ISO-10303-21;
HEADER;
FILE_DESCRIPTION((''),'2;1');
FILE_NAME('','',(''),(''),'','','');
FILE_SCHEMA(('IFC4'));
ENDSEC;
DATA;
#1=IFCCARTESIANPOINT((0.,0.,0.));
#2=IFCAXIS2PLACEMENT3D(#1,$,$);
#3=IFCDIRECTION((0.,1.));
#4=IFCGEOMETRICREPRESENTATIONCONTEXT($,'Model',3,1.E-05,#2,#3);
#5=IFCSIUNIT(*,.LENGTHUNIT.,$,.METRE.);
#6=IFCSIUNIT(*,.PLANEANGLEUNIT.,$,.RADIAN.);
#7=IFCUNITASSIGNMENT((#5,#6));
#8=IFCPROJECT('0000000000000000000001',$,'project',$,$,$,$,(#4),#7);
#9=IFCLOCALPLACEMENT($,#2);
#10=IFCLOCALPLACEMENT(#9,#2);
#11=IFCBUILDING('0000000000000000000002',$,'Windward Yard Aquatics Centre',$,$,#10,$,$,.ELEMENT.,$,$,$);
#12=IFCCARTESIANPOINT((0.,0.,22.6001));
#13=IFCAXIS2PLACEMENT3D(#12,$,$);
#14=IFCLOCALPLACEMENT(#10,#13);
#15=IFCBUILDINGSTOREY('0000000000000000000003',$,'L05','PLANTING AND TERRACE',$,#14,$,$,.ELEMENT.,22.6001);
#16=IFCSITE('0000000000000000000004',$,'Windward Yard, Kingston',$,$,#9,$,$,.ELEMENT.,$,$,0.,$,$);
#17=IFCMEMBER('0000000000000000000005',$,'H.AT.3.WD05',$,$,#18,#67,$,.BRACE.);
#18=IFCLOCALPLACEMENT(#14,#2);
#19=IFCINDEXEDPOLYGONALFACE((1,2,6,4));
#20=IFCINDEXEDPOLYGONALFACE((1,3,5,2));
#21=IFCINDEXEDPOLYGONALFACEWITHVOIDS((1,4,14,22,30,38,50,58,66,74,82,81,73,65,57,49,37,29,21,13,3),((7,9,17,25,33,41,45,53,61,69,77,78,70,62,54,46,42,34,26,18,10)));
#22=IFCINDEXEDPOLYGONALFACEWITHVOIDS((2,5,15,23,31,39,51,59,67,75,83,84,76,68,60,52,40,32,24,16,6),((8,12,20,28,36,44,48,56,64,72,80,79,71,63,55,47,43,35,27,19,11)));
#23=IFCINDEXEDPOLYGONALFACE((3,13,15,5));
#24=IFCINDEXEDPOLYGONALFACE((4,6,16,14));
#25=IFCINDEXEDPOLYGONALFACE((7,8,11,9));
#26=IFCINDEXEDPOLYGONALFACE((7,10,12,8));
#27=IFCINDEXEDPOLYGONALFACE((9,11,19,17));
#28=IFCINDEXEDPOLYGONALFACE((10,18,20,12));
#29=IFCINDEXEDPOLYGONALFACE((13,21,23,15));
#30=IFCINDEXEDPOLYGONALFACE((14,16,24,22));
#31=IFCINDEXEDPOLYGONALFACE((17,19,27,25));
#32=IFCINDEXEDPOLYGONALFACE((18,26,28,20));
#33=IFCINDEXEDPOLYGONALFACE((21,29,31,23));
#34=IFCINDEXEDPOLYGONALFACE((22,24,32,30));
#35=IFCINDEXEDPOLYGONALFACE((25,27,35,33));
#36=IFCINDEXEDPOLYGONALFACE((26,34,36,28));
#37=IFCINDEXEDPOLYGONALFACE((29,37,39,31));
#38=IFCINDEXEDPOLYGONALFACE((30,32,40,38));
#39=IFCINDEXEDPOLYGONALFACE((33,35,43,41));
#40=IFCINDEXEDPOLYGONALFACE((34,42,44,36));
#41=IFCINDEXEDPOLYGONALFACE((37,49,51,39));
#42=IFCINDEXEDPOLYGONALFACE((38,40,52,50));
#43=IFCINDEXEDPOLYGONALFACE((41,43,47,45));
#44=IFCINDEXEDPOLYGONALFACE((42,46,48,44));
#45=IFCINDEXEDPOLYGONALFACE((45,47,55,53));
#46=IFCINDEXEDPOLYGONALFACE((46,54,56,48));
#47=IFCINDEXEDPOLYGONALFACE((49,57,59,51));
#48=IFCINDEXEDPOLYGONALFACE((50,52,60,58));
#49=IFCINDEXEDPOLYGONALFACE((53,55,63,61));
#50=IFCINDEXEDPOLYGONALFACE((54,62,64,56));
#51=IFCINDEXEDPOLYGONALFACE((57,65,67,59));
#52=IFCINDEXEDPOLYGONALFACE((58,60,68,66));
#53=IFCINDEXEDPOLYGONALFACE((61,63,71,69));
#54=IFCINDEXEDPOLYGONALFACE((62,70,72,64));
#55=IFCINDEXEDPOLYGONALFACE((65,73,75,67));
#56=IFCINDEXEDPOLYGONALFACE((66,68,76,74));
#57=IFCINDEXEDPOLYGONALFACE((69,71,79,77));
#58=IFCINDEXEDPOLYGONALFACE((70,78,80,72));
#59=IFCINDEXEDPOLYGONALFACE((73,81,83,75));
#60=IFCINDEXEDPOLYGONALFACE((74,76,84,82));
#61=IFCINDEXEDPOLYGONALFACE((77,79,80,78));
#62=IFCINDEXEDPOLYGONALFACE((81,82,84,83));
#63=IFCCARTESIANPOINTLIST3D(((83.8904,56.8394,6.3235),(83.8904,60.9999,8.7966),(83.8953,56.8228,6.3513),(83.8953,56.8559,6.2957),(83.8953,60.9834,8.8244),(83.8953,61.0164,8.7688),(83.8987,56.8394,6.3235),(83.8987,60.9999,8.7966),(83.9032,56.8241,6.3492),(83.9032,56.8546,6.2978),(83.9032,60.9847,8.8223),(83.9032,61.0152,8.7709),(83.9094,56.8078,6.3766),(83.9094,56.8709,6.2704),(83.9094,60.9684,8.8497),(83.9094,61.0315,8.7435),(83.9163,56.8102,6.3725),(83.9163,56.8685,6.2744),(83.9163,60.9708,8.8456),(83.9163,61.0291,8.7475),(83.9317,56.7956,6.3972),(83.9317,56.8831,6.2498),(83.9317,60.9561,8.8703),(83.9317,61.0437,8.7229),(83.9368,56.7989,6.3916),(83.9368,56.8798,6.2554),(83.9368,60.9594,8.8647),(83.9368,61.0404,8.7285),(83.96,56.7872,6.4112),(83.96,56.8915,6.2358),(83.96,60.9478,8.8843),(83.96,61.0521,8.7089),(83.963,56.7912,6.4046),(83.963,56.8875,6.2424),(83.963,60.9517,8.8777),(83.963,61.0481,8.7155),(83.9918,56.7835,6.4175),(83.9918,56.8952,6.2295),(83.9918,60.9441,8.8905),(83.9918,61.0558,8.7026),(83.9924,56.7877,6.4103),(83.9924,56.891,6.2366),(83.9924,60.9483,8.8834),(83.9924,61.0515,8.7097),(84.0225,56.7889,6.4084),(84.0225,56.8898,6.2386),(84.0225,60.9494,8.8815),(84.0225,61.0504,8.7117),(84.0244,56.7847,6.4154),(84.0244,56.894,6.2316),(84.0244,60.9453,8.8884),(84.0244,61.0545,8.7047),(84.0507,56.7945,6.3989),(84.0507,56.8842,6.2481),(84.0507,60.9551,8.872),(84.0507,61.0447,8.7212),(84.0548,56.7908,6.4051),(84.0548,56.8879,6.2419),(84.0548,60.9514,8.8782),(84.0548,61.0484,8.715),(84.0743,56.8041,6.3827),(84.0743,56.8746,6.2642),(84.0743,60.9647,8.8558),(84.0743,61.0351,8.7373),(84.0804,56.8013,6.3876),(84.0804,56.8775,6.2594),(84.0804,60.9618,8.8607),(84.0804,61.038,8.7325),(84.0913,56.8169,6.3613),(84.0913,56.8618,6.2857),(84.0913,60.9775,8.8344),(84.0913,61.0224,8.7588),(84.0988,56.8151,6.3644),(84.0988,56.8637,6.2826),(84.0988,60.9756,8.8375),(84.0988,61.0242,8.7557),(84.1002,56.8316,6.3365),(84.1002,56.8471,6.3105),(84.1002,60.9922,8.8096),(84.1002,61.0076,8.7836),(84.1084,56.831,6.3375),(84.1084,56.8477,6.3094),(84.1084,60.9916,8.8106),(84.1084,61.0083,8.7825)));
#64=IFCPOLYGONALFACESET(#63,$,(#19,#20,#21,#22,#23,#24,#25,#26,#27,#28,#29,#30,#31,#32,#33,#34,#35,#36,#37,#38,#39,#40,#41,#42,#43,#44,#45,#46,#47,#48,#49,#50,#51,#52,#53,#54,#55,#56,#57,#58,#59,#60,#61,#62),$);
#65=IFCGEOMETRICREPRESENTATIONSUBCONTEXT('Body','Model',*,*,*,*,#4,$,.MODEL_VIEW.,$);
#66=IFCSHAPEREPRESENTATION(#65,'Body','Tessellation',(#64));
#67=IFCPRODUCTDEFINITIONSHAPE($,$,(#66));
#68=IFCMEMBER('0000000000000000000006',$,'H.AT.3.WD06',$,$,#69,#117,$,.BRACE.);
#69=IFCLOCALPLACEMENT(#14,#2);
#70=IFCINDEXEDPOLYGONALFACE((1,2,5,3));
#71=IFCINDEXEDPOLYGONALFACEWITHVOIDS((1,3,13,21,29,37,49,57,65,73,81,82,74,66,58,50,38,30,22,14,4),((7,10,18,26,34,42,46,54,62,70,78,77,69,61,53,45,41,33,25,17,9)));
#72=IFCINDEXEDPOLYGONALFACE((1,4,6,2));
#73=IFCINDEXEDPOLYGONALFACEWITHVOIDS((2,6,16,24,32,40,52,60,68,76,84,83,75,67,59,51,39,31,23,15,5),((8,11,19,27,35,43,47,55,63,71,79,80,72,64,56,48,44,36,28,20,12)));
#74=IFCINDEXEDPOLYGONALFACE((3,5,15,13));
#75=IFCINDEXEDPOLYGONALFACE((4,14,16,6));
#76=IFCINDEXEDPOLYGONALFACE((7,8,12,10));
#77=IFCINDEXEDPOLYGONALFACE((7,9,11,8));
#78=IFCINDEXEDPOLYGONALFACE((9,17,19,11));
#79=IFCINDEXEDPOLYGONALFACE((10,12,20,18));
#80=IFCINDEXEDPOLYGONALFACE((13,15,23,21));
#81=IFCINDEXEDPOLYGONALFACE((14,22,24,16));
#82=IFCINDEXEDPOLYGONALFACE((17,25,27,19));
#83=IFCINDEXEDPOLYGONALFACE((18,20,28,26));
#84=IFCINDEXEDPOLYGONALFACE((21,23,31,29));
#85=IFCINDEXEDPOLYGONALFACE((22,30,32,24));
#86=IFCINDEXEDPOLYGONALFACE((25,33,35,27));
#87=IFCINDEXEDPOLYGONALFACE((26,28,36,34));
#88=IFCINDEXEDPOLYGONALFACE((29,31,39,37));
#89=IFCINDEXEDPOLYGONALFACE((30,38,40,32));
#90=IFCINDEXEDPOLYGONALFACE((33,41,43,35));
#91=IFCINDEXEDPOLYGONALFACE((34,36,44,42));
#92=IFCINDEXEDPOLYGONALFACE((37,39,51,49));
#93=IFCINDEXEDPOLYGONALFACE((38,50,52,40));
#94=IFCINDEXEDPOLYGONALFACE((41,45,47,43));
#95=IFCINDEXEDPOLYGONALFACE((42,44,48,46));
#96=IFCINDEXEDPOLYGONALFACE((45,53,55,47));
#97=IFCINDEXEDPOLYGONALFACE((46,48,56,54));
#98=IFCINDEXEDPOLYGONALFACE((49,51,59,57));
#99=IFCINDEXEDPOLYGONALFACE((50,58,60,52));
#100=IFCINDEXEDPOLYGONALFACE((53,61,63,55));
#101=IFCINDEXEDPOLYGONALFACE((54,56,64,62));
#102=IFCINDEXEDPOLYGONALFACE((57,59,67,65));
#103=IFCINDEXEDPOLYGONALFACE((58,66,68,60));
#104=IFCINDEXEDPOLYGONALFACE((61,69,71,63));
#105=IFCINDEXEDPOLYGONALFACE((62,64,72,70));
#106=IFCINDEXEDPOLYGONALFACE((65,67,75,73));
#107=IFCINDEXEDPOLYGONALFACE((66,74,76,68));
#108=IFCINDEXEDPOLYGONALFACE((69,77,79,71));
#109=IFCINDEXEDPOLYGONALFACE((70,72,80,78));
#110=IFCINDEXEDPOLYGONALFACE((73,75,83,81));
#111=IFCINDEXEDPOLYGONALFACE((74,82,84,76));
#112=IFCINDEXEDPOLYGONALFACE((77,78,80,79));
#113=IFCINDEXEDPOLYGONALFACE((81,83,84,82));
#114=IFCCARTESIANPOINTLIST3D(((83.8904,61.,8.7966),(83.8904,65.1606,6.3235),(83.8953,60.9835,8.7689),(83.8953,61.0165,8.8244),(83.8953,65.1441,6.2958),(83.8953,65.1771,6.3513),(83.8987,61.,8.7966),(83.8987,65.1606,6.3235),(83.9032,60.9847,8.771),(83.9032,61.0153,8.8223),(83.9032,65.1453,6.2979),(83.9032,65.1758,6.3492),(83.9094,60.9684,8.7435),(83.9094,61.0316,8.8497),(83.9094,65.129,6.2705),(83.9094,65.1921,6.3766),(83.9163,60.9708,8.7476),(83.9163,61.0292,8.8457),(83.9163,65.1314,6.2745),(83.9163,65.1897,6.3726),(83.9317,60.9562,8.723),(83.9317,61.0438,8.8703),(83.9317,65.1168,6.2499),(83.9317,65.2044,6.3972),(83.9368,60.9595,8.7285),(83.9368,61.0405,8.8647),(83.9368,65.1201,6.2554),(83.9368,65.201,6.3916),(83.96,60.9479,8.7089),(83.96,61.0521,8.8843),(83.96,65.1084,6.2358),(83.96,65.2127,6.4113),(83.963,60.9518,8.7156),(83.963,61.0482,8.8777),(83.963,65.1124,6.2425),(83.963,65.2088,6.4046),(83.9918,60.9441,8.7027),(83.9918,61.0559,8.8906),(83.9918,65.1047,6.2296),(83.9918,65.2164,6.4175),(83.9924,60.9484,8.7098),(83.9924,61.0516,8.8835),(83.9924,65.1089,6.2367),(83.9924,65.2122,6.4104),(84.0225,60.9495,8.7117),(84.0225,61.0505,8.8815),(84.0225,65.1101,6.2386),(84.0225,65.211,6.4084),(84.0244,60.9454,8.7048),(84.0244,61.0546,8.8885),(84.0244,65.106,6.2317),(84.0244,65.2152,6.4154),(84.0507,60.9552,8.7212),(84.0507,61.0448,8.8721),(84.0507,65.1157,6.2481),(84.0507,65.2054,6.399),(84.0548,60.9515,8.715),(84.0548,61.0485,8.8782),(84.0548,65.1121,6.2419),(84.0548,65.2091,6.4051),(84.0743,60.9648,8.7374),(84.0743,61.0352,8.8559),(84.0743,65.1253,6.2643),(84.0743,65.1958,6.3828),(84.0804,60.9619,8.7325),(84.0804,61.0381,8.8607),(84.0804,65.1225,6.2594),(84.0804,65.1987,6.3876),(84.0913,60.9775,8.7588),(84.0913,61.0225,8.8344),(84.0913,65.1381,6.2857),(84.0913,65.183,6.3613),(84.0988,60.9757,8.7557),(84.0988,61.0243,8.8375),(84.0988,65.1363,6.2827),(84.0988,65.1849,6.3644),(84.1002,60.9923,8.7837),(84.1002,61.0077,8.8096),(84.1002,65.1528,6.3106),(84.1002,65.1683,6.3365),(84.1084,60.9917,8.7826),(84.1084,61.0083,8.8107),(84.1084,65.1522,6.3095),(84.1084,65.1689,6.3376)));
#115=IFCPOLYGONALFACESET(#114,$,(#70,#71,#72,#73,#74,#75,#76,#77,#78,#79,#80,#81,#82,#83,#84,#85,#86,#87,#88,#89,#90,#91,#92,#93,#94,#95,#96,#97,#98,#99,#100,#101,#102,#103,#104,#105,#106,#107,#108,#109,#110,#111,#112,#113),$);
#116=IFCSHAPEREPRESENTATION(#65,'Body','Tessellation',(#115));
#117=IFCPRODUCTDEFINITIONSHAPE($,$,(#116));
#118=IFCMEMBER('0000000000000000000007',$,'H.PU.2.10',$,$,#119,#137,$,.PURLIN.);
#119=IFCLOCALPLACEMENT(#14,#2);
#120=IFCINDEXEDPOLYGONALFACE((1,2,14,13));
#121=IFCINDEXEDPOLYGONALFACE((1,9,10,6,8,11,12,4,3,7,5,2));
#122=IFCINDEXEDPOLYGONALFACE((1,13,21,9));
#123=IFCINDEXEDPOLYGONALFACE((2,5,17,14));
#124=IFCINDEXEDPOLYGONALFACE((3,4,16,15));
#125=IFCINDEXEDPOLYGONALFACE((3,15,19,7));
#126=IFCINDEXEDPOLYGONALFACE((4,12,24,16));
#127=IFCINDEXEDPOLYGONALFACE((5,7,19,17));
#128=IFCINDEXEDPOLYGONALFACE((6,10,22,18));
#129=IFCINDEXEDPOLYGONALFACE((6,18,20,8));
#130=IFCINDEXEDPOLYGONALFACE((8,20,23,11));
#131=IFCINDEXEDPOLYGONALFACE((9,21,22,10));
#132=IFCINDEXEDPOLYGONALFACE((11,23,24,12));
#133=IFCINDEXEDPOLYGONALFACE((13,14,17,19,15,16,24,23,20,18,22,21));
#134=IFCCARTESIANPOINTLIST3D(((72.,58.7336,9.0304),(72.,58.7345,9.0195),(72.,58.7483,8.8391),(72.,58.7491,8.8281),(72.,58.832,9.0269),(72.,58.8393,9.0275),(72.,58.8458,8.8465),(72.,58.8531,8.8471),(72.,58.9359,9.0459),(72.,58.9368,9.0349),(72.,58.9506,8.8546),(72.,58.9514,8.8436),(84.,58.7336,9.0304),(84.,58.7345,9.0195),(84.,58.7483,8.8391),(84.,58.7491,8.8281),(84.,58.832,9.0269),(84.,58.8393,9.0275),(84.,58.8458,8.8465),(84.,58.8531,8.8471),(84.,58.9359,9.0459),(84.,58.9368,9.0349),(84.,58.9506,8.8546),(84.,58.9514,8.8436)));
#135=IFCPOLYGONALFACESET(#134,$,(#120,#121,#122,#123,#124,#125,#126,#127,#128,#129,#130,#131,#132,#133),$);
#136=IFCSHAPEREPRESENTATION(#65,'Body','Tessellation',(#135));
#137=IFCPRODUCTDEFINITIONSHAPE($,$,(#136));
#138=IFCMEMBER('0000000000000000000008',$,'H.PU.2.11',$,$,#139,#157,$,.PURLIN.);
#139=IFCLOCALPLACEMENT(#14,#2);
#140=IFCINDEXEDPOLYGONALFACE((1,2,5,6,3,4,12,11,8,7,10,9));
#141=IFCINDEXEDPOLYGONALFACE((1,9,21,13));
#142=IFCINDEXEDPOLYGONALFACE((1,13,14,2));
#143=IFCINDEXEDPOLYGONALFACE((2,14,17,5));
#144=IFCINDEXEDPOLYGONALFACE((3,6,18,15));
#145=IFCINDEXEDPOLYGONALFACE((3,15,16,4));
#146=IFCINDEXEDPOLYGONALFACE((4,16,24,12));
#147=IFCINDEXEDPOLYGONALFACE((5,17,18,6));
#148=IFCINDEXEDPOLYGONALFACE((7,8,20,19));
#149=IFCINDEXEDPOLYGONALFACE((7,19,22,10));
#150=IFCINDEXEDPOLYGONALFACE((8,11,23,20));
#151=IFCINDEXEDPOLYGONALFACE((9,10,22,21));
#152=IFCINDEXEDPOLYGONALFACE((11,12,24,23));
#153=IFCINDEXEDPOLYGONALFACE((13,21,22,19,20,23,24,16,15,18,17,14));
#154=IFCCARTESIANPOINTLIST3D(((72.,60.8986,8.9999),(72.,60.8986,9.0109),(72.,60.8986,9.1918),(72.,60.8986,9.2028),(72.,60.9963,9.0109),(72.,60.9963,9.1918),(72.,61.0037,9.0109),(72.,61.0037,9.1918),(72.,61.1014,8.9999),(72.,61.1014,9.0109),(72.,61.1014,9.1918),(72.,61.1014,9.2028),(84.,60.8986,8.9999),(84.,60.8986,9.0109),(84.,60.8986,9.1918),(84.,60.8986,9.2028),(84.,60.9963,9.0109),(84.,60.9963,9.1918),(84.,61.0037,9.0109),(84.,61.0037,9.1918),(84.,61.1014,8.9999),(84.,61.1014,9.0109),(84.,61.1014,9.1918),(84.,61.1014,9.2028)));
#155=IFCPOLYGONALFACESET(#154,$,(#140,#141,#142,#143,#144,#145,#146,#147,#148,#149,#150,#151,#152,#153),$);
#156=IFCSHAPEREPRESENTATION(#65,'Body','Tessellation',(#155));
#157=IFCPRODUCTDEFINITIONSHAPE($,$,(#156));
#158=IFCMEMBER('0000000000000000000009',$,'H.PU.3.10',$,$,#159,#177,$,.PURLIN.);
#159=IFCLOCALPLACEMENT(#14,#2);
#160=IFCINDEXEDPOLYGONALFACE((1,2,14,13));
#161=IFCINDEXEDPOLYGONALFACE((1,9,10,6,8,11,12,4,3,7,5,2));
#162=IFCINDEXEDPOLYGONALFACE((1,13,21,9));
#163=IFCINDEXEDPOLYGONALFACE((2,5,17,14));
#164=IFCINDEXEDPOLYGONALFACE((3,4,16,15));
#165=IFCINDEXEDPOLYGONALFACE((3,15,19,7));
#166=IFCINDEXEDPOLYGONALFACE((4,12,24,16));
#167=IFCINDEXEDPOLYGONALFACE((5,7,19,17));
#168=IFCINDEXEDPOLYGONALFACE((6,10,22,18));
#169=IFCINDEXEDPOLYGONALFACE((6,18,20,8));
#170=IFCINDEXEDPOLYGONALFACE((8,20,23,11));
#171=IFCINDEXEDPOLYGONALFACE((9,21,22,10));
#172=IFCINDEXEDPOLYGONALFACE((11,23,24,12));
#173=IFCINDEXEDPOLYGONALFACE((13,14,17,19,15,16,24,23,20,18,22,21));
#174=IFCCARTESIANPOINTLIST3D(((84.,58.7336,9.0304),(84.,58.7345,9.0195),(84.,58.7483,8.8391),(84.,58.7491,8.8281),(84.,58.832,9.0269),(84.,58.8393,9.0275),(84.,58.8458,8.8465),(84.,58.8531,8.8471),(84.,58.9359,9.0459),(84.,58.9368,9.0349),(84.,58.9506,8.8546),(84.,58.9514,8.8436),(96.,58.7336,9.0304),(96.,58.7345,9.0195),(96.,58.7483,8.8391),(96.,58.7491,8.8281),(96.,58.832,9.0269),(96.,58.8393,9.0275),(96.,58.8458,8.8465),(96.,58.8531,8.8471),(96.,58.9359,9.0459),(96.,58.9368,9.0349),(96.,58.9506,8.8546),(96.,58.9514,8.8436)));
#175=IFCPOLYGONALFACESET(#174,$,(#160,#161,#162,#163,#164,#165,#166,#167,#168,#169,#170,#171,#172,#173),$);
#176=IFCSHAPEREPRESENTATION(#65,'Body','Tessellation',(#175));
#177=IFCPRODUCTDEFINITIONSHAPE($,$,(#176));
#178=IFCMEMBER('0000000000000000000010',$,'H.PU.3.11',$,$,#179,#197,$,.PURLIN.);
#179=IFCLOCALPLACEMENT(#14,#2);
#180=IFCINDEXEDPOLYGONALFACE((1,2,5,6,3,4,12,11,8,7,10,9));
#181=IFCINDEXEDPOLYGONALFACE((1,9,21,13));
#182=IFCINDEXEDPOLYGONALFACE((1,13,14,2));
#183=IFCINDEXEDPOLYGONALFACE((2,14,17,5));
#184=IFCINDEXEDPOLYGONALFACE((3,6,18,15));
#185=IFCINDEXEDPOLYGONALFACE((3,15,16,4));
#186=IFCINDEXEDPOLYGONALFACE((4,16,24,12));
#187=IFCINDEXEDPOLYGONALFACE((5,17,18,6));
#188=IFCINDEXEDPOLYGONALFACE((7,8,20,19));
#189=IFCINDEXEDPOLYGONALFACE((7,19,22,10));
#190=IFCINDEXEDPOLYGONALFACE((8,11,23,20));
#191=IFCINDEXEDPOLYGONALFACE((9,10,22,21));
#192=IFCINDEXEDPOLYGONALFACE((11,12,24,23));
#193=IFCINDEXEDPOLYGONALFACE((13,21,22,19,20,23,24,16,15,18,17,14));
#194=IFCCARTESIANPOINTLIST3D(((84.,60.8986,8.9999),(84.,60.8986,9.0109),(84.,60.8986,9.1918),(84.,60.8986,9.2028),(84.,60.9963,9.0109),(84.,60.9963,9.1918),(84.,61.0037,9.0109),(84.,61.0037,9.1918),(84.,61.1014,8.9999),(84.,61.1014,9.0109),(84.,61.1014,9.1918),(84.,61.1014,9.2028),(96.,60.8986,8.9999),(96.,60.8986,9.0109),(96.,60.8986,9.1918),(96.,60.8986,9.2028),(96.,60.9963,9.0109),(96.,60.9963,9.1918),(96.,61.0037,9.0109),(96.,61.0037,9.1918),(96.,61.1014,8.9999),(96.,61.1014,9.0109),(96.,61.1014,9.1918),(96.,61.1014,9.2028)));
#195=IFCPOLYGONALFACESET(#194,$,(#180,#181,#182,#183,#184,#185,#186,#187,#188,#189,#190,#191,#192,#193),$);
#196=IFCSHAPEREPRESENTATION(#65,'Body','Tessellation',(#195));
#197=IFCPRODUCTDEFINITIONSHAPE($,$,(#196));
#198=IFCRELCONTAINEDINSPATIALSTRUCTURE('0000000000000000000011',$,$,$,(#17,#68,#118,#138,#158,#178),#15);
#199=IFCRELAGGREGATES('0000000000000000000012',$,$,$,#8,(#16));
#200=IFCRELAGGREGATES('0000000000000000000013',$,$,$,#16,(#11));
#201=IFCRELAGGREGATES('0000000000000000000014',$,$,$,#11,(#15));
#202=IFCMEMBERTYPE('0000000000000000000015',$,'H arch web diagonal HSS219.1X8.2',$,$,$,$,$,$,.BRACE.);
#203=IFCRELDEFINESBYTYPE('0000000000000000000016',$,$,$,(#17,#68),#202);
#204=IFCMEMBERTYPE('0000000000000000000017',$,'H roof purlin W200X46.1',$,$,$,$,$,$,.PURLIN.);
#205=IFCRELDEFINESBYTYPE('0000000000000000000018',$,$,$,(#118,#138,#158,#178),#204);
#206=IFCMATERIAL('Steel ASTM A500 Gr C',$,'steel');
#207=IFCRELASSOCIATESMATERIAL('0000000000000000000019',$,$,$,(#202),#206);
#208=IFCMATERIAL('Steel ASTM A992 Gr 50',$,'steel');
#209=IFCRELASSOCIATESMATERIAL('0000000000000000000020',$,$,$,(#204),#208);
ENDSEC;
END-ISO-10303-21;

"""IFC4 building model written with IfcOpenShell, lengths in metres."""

from ifc_helpers import new_model, si_unit, direction, frame, origin, origin_2d, place, context, subcontext, project, spatial, hollow_circle, i_section, extrude, material, material_profile, profile_set, type_object, element, save


model = new_model("IFC4")

# Units and contexts
model_context = context("Model", 3, precision=1e-05, world=origin(), true_north=direction((0.0, 1.0)))
body_context = subcontext(model_context, "Body", "Model", "MODEL_VIEW")
ifc_project = project(units=[si_unit("LENGTHUNIT", "METRE"), si_unit("PLANEANGLEUNIT", "RADIAN")], contexts=[model_context])

# Site, building, storey
site_placement = place(None, origin())
site = spatial("IfcSite", under=ifc_project, at=site_placement, Name="Windward Yard, Kingston", CompositionType="ELEMENT", RefElevation=0.0)
building_placement = place(site_placement, origin())
building = spatial("IfcBuilding", under=site, at=building_placement, Name="Windward Yard Aquatics Centre", CompositionType="ELEMENT")
storey_placement = place(building_placement, frame((0.0, 0.0, 22.6001)))
storey = spatial("IfcBuildingStorey", under=building, at=storey_placement, Name="L05", Description="PLANTING AND TERRACE", CompositionType="ELEMENT", Elevation=22.6001)

# Members
ifc_material_1 = material(Name="Steel ASTM A500 Gr C", Category="steel")
ifc_material_profile_1 = material_profile(ifc_material_1, hollow_circle(Radius=0.1096, WallThickness=0.0083, at=origin_2d()), Name="HSS219.1X8.2")
ifc_profile_set_1 = profile_set([ifc_material_profile_1], Name="Steel ASTM A500 Gr C")
member_type_1 = type_object("IfcMemberType", Name="H arch web diagonal HSS219.1X8.2", PredefinedType="BRACE", material=ifc_profile_set_1)
for number, where, z_axis, x_axis, name in (
    (1, (84.0, 56.8394, 6.3235), (0.0, 0.859604, 0.510961), (-1.0, 0.0, 0.0), "H.AT.3.WD05"),
    (2, (84.0, 61.0, 8.7966), (0.0, 0.859604, -0.510961), (-1.0, 0.0, 0.0), "H.AT.3.WD06"),
):
    element("IfcMember", number, at=place(storey_placement, frame(where, z_axis=z_axis, x_axis=x_axis)), inside=storey, type_object=member_type_1, Name=name, PredefinedType="BRACE", context=body_context, shape_type="SweptSolid", body=[
        extrude(hollow_circle(Radius=0.1096, WallThickness=0.0083, at=origin_2d()), origin(), (0.0, 0.0, 1.0), 4.8401),
    ])
ifc_material_2 = material(Name="Steel ASTM A992 Gr 50", Category="steel")
ifc_material_profile_2 = material_profile(ifc_material_2, i_section(OverallWidth=0.2029, OverallDepth=0.2029, WebThickness=0.0073, FlangeThickness=0.011, at=origin_2d()), Name="W200X46.1")
ifc_profile_set_2 = profile_set([ifc_material_profile_2], Name="Steel ASTM A992 Gr 50")
member_type_2 = type_object("IfcMemberType", Name="H roof purlin W200X46.1", PredefinedType="PURLIN", material=ifc_profile_set_2)
for number, where, z_axis, x_axis, name in (
    (3, (72.0, 58.8425, 8.937), (1.0, 0.0, 0.0), (0.0, 0.997081, 0.076354), "H.PU.2.10"),
    (4, (72.0, 61.0, 9.1013), (1.0, 0.0, 0.0), (0.0, 1.0, 0.0), "H.PU.2.11"),
    (5, (84.0, 58.8425, 8.937), (1.0, 0.0, 0.0), (0.0, 0.997081, 0.076354), "H.PU.3.10"),
    (6, (84.0, 61.0, 9.1013), (1.0, 0.0, 0.0), (0.0, 1.0, 0.0), "H.PU.3.11"),
):
    element("IfcMember", number, at=place(storey_placement, frame(where, z_axis=z_axis, x_axis=x_axis)), inside=storey, type_object=member_type_2, Name=name, PredefinedType="PURLIN", context=body_context, shape_type="SweptSolid", body=[
        extrude(i_section(OverallWidth=0.2029, OverallDepth=0.2029, WebThickness=0.0073, FlangeThickness=0.011, at=origin_2d()), origin(), (0.0, 0.0, 1.0), 12.0),
    ])

save(model, "model.ifc")
